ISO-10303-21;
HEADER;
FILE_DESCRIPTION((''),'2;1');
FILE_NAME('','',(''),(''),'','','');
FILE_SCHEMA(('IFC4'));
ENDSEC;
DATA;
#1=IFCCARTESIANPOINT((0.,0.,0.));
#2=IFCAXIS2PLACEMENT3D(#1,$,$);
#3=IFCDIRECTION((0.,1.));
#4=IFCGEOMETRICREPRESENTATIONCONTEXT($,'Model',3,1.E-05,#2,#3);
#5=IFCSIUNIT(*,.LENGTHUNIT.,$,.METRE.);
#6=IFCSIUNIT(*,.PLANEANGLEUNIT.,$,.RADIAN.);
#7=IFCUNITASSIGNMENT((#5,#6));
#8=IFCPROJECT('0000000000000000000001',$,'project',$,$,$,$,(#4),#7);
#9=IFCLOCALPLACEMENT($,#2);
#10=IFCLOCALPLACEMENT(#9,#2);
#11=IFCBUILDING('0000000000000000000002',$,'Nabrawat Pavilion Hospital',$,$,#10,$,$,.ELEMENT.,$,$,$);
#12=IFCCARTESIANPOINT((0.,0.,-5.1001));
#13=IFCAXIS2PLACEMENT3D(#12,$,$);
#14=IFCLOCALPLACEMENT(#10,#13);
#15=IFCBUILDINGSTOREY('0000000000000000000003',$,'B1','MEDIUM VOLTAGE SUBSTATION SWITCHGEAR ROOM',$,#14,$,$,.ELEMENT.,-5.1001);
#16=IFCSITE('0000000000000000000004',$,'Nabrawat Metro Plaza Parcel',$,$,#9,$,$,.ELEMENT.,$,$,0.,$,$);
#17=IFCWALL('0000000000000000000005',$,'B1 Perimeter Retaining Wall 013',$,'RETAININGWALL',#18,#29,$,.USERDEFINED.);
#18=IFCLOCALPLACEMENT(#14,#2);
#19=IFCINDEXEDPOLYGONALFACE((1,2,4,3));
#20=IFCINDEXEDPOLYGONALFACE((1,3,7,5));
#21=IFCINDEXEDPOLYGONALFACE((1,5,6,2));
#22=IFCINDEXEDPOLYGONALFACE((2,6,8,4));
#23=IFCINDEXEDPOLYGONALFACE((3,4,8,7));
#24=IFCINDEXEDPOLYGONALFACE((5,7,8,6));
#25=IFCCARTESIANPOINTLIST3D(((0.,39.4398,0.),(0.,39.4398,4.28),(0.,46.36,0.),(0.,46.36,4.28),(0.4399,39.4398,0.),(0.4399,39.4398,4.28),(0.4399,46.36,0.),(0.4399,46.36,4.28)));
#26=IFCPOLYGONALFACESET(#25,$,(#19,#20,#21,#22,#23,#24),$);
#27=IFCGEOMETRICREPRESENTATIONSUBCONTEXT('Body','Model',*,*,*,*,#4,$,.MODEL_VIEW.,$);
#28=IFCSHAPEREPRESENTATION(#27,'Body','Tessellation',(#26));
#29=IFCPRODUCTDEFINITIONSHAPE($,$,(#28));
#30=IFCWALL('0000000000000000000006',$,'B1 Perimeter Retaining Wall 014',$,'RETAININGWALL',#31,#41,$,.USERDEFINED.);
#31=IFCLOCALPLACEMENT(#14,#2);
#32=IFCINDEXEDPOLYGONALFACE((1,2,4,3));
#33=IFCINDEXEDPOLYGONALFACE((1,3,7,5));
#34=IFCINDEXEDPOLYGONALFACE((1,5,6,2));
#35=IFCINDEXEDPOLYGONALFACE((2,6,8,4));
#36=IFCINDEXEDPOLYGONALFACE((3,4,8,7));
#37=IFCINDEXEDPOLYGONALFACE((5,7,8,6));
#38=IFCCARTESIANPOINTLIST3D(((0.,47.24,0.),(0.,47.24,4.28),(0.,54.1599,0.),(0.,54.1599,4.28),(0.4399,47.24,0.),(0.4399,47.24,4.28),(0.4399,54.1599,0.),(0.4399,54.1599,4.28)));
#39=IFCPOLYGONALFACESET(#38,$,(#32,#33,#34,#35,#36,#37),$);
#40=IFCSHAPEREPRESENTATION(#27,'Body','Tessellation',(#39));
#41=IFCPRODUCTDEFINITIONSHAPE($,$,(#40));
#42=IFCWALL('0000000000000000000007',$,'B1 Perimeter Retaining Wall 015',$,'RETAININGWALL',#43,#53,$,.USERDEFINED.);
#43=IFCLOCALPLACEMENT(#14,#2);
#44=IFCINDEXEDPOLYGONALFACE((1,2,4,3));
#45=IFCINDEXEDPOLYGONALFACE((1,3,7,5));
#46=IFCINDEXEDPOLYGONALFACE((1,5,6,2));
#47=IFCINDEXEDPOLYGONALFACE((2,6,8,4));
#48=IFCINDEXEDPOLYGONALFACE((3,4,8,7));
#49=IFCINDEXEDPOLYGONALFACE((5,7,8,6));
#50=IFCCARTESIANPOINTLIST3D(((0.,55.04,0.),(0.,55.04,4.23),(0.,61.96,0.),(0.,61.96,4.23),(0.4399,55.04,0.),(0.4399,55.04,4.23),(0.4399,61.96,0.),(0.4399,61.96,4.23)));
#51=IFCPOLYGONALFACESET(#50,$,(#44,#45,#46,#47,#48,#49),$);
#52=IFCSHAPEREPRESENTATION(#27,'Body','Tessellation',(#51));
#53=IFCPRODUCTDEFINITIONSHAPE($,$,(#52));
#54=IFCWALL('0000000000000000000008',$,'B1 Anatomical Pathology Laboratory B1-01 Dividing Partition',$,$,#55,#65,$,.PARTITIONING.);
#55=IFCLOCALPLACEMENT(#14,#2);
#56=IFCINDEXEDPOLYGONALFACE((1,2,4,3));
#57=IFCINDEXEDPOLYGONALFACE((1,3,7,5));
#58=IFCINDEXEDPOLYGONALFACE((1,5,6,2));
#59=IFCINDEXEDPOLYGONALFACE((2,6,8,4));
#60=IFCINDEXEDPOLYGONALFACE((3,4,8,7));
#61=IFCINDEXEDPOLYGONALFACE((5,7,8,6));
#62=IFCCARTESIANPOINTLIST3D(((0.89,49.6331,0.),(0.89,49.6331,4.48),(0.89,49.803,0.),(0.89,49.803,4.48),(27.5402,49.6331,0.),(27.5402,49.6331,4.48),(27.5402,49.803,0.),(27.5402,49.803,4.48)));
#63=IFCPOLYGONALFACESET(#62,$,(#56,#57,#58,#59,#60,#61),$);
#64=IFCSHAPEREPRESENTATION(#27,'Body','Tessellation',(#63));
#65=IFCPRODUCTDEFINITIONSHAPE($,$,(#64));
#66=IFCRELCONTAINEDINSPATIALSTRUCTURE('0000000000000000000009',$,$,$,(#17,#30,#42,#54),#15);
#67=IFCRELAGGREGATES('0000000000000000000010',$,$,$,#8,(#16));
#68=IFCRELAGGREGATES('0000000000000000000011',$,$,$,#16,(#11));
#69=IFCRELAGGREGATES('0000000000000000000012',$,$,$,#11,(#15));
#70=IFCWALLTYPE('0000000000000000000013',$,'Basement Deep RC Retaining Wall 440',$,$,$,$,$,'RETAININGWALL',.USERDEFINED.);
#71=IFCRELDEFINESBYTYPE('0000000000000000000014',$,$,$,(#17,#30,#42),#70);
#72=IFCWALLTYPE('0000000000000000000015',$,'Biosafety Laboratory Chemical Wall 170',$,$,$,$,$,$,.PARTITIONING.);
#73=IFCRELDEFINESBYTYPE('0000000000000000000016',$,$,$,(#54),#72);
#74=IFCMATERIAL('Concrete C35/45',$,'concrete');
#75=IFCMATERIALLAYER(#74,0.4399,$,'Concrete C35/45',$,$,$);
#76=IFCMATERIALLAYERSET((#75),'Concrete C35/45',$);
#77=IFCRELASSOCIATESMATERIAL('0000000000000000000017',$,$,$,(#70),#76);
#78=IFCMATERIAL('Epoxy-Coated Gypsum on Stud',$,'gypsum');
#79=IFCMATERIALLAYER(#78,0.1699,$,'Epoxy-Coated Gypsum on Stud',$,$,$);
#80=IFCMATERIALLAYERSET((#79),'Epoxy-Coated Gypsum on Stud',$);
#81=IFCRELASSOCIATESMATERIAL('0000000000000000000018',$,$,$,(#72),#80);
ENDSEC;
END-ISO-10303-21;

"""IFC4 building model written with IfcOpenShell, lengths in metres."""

from ifc_helpers import new_model, si_unit, direction, frame, frame_2d, origin, place, context, subcontext, project, spatial, rectangle, extrude, material, layer, layer_set, type_object, element, save


model = new_model("IFC4")

# Units and contexts
model_context = context("Model", 3, precision=1e-05, world=origin(), true_north=direction((0.0, 1.0)))
body_context = subcontext(model_context, "Body", "Model", "MODEL_VIEW")
ifc_project = project(units=[si_unit("LENGTHUNIT", "METRE"), si_unit("PLANEANGLEUNIT", "RADIAN")], contexts=[model_context])

# Site, building, storey
site_placement = place(None, origin())
site = spatial("IfcSite", under=ifc_project, at=site_placement, Name="Nabrawat Metro Plaza Parcel", CompositionType="ELEMENT", RefElevation=0.0)
building_placement = place(site_placement, origin())
building = spatial("IfcBuilding", under=site, at=building_placement, Name="Nabrawat Pavilion Hospital", CompositionType="ELEMENT")
storey_placement = place(building_placement, frame((0.0, 0.0, -5.1001)))
storey = spatial("IfcBuildingStorey", under=building, at=storey_placement, Name="B1", Description="MEDIUM VOLTAGE SUBSTATION SWITCHGEAR ROOM", CompositionType="ELEMENT", Elevation=-5.1001)

# Shared definitions
ifc_material_1 = material(Name="Concrete C35/45", Category="concrete")

# Walls
ifc_layer_1 = layer(ifc_material_1, 0.4399, Name="Concrete C35/45")
ifc_layer_set_1 = layer_set([ifc_layer_1], Name="Concrete C35/45")
wall_type_1 = type_object("IfcWallType", Name="Basement Deep RC Retaining Wall 440", ElementType="RETAININGWALL", PredefinedType="USERDEFINED", material=ifc_layer_set_1)
wall_1_placement = place(storey_placement, frame((0.22, 39.4399, 0.0), z_axis=(0.0, 0.0, 1.0), x_axis=(0.0, 1.0, 0.0)))
element("IfcWall", 1, at=wall_1_placement, inside=storey, type_object=wall_type_1, Name="B1 Perimeter Retaining Wall 013", ObjectType="RETAININGWALL", PredefinedType="USERDEFINED", context=body_context, shape_type="SweptSolid", body=[
    extrude(rectangle(XDim=6.9202, YDim=0.4399, at=frame_2d((3.46, 0.0))), origin(), (0.0, 0.0, 1.0), 4.28),
])
wall_2_placement = place(storey_placement, frame((0.22, 47.24, 0.0), z_axis=(0.0, 0.0, 1.0), x_axis=(0.0, 1.0, 0.0)))
element("IfcWall", 2, at=wall_2_placement, inside=storey, type_object=wall_type_1, Name="B1 Perimeter Retaining Wall 014", ObjectType="RETAININGWALL", PredefinedType="USERDEFINED", context=body_context, shape_type="SweptSolid", body=[
    extrude(rectangle(XDim=6.9199, YDim=0.4399, at=frame_2d((3.46, 0.0))), origin(), (0.0, 0.0, 1.0), 4.28),
])
wall_3_placement = place(storey_placement, frame((0.22, 55.04, 0.0), z_axis=(0.0, 0.0, 1.0), x_axis=(0.0, 1.0, 0.0)))
element("IfcWall", 3, at=wall_3_placement, inside=storey, type_object=wall_type_1, Name="B1 Perimeter Retaining Wall 015", ObjectType="RETAININGWALL", PredefinedType="USERDEFINED", context=body_context, shape_type="SweptSolid", body=[
    extrude(rectangle(XDim=6.9199, YDim=0.4399, at=frame_2d((3.46, 0.0))), origin(), (0.0, 0.0, 1.0), 4.23),
])
ifc_material_2 = material(Name="Epoxy-Coated Gypsum on Stud", Category="gypsum")
ifc_layer_2 = layer(ifc_material_2, 0.1699, Name="Epoxy-Coated Gypsum on Stud")
ifc_layer_set_2 = layer_set([ifc_layer_2], Name="Epoxy-Coated Gypsum on Stud")
wall_type_2 = type_object("IfcWallType", Name="Biosafety Laboratory Chemical Wall 170", PredefinedType="PARTITIONING", material=ifc_layer_set_2)
wall_4_placement = place(storey_placement, frame((0.8899, 49.718, 0.0), z_axis=(0.0, 0.0, 1.0), x_axis=(1.0, 0.0, 0.0)))
element("IfcWall", 4, at=wall_4_placement, inside=storey, type_object=wall_type_2, Name="B1 Anatomical Pathology Laboratory B1-01 Dividing Partition", PredefinedType="PARTITIONING", context=body_context, shape_type="SweptSolid", body=[
    extrude(rectangle(XDim=26.6501, YDim=0.1699, at=frame_2d((13.3252, 0.0))), origin(), (0.0, 0.0, 1.0), 4.48),
])

save(model, "model.ifc")
